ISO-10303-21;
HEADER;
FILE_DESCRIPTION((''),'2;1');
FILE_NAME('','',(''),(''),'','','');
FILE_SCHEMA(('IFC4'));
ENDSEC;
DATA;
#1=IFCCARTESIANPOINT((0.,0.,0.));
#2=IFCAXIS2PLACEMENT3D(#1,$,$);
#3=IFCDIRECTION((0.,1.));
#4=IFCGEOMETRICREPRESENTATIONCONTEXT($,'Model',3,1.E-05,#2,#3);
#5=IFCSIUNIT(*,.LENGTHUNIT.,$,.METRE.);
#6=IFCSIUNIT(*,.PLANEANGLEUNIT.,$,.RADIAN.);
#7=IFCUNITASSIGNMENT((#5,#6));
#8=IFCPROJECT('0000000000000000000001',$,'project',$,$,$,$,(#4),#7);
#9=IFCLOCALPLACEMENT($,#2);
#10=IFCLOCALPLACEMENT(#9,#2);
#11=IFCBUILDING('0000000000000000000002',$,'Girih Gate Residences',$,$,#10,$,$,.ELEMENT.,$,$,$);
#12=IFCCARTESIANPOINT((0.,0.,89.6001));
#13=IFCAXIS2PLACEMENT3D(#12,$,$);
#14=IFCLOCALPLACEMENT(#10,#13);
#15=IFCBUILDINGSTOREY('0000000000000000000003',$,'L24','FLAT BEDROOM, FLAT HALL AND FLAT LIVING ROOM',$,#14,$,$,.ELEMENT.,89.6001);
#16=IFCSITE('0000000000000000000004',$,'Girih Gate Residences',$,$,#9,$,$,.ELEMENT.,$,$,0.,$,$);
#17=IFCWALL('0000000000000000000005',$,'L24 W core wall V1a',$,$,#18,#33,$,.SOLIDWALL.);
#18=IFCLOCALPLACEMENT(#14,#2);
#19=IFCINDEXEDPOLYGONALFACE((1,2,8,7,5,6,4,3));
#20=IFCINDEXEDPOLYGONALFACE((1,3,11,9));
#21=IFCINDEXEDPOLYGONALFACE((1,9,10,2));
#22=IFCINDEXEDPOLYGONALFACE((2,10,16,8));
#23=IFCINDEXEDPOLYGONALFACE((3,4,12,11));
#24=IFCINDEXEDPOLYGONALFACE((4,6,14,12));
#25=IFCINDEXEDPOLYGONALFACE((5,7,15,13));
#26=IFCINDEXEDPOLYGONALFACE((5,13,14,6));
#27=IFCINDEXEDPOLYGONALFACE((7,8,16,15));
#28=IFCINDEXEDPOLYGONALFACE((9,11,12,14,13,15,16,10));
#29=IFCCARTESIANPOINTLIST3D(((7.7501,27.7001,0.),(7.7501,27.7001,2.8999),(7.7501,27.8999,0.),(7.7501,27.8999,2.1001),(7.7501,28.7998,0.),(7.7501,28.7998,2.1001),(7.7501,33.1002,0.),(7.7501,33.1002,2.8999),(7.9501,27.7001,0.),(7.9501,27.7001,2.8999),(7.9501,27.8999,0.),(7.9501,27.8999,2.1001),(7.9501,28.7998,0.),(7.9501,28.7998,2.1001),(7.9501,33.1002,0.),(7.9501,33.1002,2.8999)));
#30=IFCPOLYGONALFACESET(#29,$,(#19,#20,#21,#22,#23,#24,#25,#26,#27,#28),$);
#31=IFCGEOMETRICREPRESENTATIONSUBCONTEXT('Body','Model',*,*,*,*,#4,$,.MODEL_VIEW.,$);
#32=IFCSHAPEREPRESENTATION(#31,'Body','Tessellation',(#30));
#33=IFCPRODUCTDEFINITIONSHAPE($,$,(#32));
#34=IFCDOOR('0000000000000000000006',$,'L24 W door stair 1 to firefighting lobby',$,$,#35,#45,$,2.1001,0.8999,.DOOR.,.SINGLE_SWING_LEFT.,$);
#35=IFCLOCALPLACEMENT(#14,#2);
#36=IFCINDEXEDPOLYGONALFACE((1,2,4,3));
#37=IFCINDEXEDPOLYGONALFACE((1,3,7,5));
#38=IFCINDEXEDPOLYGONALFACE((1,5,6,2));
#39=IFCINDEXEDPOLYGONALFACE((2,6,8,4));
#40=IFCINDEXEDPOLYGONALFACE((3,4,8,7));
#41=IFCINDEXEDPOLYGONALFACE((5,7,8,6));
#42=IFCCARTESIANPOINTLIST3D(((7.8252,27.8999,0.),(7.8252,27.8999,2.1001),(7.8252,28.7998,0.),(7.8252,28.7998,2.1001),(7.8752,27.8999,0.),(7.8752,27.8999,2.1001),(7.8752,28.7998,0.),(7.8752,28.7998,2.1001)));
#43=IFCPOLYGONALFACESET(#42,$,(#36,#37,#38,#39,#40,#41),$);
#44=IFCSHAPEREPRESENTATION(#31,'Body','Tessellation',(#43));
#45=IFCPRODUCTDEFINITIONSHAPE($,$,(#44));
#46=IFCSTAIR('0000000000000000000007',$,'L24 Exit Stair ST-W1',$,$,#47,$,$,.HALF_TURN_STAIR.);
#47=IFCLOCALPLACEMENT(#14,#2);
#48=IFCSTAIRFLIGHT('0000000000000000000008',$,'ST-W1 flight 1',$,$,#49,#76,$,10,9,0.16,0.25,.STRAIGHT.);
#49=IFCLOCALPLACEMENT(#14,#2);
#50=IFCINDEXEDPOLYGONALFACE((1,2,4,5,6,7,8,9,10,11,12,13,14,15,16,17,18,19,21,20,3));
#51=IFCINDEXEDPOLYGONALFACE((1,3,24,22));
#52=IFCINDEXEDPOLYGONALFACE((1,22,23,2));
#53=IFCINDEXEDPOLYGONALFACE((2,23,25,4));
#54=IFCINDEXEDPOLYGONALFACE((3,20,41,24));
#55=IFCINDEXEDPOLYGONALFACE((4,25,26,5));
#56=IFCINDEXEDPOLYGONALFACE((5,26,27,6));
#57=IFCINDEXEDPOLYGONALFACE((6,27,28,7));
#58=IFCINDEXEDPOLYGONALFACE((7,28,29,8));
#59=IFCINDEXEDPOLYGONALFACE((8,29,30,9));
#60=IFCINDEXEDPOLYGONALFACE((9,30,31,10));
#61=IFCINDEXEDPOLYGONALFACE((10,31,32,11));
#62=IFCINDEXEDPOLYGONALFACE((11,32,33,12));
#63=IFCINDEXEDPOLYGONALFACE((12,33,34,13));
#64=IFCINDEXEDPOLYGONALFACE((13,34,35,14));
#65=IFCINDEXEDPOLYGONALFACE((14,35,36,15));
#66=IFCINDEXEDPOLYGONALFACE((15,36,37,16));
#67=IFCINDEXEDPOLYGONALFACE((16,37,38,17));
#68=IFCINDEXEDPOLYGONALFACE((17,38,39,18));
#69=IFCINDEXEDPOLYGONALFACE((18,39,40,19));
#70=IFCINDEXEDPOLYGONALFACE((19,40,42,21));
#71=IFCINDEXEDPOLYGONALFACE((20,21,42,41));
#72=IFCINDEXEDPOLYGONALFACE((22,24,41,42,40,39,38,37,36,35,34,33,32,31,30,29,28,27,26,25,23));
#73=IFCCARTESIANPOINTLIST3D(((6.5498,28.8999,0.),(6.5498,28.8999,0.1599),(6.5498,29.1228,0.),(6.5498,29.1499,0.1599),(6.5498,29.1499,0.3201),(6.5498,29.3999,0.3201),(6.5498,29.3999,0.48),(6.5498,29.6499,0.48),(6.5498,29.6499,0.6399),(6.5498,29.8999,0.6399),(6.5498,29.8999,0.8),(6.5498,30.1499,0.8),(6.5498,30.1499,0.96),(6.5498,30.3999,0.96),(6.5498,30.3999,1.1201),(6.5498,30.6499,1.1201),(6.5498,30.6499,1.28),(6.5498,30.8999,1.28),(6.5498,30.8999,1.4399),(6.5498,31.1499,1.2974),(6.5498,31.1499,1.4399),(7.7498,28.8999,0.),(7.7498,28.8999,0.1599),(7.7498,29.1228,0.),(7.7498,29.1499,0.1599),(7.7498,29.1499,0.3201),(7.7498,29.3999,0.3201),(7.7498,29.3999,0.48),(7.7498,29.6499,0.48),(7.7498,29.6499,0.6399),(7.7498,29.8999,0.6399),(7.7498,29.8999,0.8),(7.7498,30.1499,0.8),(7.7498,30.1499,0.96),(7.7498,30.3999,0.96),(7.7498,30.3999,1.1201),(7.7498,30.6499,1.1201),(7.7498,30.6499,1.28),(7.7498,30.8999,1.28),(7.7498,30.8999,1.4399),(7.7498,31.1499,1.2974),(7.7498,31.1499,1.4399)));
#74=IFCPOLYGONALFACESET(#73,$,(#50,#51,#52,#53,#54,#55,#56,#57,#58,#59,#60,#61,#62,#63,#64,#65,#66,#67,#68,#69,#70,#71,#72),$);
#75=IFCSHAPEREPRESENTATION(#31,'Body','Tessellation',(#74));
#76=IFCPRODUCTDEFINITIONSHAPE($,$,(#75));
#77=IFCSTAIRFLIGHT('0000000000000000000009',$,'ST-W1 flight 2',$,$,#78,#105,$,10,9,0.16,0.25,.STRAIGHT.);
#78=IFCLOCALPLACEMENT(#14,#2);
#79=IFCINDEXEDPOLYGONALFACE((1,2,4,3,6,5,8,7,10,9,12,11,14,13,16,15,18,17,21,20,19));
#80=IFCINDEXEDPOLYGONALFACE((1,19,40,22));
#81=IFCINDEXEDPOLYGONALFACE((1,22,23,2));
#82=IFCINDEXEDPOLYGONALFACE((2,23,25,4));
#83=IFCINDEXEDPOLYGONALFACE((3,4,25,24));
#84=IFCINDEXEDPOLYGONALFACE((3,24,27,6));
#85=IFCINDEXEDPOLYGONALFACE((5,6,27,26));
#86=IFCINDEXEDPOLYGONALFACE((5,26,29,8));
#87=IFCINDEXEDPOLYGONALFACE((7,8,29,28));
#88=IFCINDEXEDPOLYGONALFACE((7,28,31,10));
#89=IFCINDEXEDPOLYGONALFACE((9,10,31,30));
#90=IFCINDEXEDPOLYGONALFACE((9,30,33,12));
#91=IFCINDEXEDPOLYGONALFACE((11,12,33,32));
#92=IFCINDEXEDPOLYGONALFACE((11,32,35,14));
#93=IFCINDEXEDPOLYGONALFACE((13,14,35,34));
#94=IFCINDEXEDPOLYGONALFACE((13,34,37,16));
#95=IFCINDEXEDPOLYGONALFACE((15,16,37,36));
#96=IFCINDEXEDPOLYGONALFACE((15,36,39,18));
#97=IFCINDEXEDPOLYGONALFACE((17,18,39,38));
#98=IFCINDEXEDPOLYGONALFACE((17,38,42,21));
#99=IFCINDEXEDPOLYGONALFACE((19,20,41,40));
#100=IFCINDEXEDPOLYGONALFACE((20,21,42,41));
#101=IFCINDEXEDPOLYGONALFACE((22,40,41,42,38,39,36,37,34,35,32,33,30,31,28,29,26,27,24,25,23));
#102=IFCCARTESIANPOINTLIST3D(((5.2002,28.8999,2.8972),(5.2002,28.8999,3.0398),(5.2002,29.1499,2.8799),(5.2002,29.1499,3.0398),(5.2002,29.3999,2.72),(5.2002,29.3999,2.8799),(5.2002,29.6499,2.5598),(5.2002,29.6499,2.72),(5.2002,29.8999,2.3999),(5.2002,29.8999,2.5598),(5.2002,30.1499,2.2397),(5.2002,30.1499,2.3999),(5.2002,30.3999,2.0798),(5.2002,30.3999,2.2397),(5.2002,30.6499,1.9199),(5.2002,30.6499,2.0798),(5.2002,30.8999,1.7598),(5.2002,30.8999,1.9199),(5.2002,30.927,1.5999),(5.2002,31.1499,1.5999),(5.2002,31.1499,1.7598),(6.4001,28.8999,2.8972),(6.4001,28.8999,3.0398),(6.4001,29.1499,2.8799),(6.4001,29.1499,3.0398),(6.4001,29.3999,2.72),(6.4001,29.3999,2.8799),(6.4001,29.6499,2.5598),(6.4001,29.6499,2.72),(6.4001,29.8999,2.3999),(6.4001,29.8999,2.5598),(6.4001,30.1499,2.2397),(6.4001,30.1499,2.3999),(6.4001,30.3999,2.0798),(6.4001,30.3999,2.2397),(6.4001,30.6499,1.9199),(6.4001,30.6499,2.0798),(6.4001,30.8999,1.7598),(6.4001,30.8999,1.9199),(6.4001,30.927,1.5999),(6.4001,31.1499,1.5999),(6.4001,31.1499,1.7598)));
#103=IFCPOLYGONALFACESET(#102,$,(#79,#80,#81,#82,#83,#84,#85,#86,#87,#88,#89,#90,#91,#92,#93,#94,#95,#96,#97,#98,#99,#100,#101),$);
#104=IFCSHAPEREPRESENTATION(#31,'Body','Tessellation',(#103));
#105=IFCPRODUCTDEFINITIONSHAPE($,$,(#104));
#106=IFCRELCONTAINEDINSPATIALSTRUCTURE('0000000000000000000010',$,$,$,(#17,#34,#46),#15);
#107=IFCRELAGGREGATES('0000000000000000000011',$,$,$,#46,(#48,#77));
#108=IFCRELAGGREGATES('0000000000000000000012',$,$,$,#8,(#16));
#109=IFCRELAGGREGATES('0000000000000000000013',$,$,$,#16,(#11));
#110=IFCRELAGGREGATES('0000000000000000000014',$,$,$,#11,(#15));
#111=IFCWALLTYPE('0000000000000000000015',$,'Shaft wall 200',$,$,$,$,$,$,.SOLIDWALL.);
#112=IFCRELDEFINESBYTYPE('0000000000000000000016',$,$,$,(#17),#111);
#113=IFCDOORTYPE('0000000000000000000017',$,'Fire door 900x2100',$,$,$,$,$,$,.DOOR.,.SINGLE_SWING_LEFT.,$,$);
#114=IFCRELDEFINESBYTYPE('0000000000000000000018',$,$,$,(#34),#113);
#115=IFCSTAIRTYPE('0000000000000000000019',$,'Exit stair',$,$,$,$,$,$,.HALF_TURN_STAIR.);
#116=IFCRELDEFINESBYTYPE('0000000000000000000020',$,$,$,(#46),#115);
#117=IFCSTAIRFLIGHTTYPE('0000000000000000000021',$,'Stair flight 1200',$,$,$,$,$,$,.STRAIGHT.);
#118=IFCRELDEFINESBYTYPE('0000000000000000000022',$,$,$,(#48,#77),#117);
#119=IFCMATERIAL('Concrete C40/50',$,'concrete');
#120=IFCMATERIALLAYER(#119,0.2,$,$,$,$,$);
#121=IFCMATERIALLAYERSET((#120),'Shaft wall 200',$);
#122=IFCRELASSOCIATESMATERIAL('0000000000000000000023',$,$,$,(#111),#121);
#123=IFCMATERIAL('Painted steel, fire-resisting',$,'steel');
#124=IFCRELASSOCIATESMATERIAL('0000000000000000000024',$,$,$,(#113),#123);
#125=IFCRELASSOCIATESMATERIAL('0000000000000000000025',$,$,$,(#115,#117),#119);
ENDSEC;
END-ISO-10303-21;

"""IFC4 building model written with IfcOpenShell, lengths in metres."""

from ifc_helpers import new_model, si_unit, direction, frame, frame_2d, origin, place, context, subcontext, project, spatial, polyline, rectangle, outline, extrude, material, layer, layer_set, type_object, element, fill, aggregate, save


model = new_model("IFC4")

# Units and contexts
model_context = context("Model", 3, precision=1e-05, world=origin(), true_north=direction((0.0, 1.0)))
body_context = subcontext(model_context, "Body", "Model", "MODEL_VIEW")
ifc_project = project(units=[si_unit("LENGTHUNIT", "METRE"), si_unit("PLANEANGLEUNIT", "RADIAN")], contexts=[model_context])

# Site, building, storey
site_placement = place(None, origin())
site = spatial("IfcSite", under=ifc_project, at=site_placement, Name="Girih Gate Residences", CompositionType="ELEMENT", RefElevation=0.0)
building_placement = place(site_placement, origin())
building = spatial("IfcBuilding", under=site, at=building_placement, Name="Girih Gate Residences", CompositionType="ELEMENT")
storey_placement = place(building_placement, frame((0.0, 0.0, 89.6001)))
storey = spatial("IfcBuildingStorey", under=building, at=storey_placement, Name="L24", Description="FLAT BEDROOM, FLAT HALL AND FLAT LIVING ROOM", CompositionType="ELEMENT", Elevation=89.6001)

# Shared definitions
ifc_material_1 = material(Name="Painted steel, fire-resisting", Category="steel")

# Wall, opening, door
ifc_material_2 = material(Name="Concrete C40/50", Category="concrete")
ifc_layer_1 = layer(ifc_material_2, 0.2)
ifc_layer_set_1 = layer_set([ifc_layer_1], Name="Shaft wall 200")
wall_type_1 = type_object("IfcWallType", Name="Shaft wall 200", PredefinedType="SOLIDWALL", material=ifc_layer_set_1)
wall_1_placement = place(storey_placement, frame((7.8501, 27.7, 0.0), z_axis=(0.0, 0.0, 1.0), x_axis=(0.0, 1.0, 0.0)))
wall_1 = element("IfcWall", 1, at=wall_1_placement, inside=storey, type_object=wall_type_1, Name="L24 W core wall V1a", PredefinedType="SOLIDWALL", context=body_context, shape_type="SweptSolid", body=[
    extrude(rectangle(XDim=5.4001, YDim=0.2, at=frame_2d((2.7002, 0.0))), origin(), (0.0, 0.0, 1.0), 2.8999),
])
opening_1_placement = place(wall_1_placement, frame((0.2, 0.0, 0.0)))
opening_1 = element("IfcOpeningElement", 2, at=opening_1_placement, cuts=wall_1, PredefinedType="OPENING", context=body_context, shape_type="SweptSolid", body=[
    extrude(rectangle(XDim=0.8999, YDim=2.1001, at=frame_2d((0.45, 1.05))), frame((0.0, 0.1099, 0.0), z_axis=(0.0, -1.0, 0.0), x_axis=(1.0, 0.0, 0.0)), (0.0, 0.0, 1.0), 0.22),
])
door_type_1 = type_object("IfcDoorType", Name="Fire door 900x2100", OperationType="SINGLE_SWING_LEFT", PredefinedType="DOOR", material=ifc_material_1)
door_1_placement = place(opening_1_placement, origin())
door_1 = element("IfcDoor", 3, at=door_1_placement, inside=storey, type_object=door_type_1, Name="L24 W door stair 1 to firefighting lobby", OperationType="SINGLE_SWING_LEFT", OverallHeight=2.1001, OverallWidth=0.8999, PredefinedType="DOOR", context=body_context, shape_type="SweptSolid", body=[
    extrude(rectangle(XDim=0.8999, YDim=2.1001, at=frame_2d((0.45, 1.05))), frame((0.0, 0.0249, 0.0), z_axis=(0.0, -1.0, 0.0), x_axis=(1.0, 0.0, 0.0)), (0.0, 0.0, 1.0), 0.05),
])
fill(opening_1, door_1)

# Stair, stair flights
stair_type = type_object("IfcStairType", Name="Exit stair", PredefinedType="HALF_TURN_STAIR", material=ifc_material_2)
stair_placement = place(storey_placement, origin())
stair = element("IfcStair", 4, at=stair_placement, inside=storey, type_object=stair_type, Name="L24 Exit Stair ST-W1", PredefinedType="HALF_TURN_STAIR")
stair_flight_type = type_object("IfcStairFlightType", Name="Stair flight 1200", PredefinedType="STRAIGHT", material=ifc_material_2)
stair_flight_1_placement = place(storey_placement, frame((7.1499, 28.8999, 0.0), z_axis=(0.0, 0.0, 1.0), x_axis=(0.0, 1.0, 0.0)))
stair_flight_1 = element("IfcStairFlight", 5, at=stair_flight_1_placement, type_object=stair_flight_type, Name="ST-W1 flight 1", NumberOfRisers=10, NumberOfTreads=9, PredefinedType="STRAIGHT", RiserHeight=0.16, TreadLength=0.25, context=body_context, shape_type="SweptSolid", body=[
    extrude(outline(polyline([(0.0, 0.0), (0.0, 0.1599), (0.25, 0.1599), (0.25, 0.3201), (0.5, 0.3201), (0.5, 0.48), (0.75, 0.48), (0.75, 0.6399), (1.0, 0.6399), (1.0, 0.8), (1.25, 0.8), (1.25, 0.96), (1.5, 0.96), (1.5, 1.1201), (1.75, 1.1201), (1.75, 1.28), (2.0, 1.28), (2.0, 1.4399), (2.25, 1.4399), (2.25, 1.6001), (2.25, 1.2974), (0.2229, 0.0), (0.0, 0.0)])), frame((0.0, 0.6001, 0.0), z_axis=(0.0, -1.0, 0.0), x_axis=(1.0, 0.0, 0.0)), (0.0, 0.0, 1.0), 1.2),
])
stair_flight_2_placement = place(storey_placement, frame((5.8, 31.1499, 1.5999), z_axis=(0.0, 0.0, 1.0), x_axis=(0.0, -1.0, 0.0)))
stair_flight_2 = element("IfcStairFlight", 6, at=stair_flight_2_placement, type_object=stair_flight_type, Name="ST-W1 flight 2", NumberOfRisers=10, NumberOfTreads=9, PredefinedType="STRAIGHT", RiserHeight=0.16, TreadLength=0.25, context=body_context, shape_type="SweptSolid", body=[
    extrude(outline(polyline([(0.0, 0.0), (0.0, 0.1599), (0.25, 0.1599), (0.25, 0.3201), (0.5, 0.3201), (0.5, 0.48), (0.75, 0.48), (0.75, 0.6399), (1.0, 0.6399), (1.0, 0.8), (1.25, 0.8), (1.25, 0.96), (1.5, 0.96), (1.5, 1.1201), (1.75, 1.1201), (1.75, 1.28), (2.0, 1.28), (2.0, 1.4399), (2.25, 1.4399), (2.25, 1.6001), (2.25, 1.2974), (0.2229, 0.0), (0.0, 0.0)])), frame((0.0, 0.6001, 0.0), z_axis=(0.0, -1.0, 0.0), x_axis=(1.0, 0.0, 0.0)), (0.0, 0.0, 1.0), 1.2),
])
aggregate(stair, [stair_flight_1, stair_flight_2])

save(model, "model.ifc")
